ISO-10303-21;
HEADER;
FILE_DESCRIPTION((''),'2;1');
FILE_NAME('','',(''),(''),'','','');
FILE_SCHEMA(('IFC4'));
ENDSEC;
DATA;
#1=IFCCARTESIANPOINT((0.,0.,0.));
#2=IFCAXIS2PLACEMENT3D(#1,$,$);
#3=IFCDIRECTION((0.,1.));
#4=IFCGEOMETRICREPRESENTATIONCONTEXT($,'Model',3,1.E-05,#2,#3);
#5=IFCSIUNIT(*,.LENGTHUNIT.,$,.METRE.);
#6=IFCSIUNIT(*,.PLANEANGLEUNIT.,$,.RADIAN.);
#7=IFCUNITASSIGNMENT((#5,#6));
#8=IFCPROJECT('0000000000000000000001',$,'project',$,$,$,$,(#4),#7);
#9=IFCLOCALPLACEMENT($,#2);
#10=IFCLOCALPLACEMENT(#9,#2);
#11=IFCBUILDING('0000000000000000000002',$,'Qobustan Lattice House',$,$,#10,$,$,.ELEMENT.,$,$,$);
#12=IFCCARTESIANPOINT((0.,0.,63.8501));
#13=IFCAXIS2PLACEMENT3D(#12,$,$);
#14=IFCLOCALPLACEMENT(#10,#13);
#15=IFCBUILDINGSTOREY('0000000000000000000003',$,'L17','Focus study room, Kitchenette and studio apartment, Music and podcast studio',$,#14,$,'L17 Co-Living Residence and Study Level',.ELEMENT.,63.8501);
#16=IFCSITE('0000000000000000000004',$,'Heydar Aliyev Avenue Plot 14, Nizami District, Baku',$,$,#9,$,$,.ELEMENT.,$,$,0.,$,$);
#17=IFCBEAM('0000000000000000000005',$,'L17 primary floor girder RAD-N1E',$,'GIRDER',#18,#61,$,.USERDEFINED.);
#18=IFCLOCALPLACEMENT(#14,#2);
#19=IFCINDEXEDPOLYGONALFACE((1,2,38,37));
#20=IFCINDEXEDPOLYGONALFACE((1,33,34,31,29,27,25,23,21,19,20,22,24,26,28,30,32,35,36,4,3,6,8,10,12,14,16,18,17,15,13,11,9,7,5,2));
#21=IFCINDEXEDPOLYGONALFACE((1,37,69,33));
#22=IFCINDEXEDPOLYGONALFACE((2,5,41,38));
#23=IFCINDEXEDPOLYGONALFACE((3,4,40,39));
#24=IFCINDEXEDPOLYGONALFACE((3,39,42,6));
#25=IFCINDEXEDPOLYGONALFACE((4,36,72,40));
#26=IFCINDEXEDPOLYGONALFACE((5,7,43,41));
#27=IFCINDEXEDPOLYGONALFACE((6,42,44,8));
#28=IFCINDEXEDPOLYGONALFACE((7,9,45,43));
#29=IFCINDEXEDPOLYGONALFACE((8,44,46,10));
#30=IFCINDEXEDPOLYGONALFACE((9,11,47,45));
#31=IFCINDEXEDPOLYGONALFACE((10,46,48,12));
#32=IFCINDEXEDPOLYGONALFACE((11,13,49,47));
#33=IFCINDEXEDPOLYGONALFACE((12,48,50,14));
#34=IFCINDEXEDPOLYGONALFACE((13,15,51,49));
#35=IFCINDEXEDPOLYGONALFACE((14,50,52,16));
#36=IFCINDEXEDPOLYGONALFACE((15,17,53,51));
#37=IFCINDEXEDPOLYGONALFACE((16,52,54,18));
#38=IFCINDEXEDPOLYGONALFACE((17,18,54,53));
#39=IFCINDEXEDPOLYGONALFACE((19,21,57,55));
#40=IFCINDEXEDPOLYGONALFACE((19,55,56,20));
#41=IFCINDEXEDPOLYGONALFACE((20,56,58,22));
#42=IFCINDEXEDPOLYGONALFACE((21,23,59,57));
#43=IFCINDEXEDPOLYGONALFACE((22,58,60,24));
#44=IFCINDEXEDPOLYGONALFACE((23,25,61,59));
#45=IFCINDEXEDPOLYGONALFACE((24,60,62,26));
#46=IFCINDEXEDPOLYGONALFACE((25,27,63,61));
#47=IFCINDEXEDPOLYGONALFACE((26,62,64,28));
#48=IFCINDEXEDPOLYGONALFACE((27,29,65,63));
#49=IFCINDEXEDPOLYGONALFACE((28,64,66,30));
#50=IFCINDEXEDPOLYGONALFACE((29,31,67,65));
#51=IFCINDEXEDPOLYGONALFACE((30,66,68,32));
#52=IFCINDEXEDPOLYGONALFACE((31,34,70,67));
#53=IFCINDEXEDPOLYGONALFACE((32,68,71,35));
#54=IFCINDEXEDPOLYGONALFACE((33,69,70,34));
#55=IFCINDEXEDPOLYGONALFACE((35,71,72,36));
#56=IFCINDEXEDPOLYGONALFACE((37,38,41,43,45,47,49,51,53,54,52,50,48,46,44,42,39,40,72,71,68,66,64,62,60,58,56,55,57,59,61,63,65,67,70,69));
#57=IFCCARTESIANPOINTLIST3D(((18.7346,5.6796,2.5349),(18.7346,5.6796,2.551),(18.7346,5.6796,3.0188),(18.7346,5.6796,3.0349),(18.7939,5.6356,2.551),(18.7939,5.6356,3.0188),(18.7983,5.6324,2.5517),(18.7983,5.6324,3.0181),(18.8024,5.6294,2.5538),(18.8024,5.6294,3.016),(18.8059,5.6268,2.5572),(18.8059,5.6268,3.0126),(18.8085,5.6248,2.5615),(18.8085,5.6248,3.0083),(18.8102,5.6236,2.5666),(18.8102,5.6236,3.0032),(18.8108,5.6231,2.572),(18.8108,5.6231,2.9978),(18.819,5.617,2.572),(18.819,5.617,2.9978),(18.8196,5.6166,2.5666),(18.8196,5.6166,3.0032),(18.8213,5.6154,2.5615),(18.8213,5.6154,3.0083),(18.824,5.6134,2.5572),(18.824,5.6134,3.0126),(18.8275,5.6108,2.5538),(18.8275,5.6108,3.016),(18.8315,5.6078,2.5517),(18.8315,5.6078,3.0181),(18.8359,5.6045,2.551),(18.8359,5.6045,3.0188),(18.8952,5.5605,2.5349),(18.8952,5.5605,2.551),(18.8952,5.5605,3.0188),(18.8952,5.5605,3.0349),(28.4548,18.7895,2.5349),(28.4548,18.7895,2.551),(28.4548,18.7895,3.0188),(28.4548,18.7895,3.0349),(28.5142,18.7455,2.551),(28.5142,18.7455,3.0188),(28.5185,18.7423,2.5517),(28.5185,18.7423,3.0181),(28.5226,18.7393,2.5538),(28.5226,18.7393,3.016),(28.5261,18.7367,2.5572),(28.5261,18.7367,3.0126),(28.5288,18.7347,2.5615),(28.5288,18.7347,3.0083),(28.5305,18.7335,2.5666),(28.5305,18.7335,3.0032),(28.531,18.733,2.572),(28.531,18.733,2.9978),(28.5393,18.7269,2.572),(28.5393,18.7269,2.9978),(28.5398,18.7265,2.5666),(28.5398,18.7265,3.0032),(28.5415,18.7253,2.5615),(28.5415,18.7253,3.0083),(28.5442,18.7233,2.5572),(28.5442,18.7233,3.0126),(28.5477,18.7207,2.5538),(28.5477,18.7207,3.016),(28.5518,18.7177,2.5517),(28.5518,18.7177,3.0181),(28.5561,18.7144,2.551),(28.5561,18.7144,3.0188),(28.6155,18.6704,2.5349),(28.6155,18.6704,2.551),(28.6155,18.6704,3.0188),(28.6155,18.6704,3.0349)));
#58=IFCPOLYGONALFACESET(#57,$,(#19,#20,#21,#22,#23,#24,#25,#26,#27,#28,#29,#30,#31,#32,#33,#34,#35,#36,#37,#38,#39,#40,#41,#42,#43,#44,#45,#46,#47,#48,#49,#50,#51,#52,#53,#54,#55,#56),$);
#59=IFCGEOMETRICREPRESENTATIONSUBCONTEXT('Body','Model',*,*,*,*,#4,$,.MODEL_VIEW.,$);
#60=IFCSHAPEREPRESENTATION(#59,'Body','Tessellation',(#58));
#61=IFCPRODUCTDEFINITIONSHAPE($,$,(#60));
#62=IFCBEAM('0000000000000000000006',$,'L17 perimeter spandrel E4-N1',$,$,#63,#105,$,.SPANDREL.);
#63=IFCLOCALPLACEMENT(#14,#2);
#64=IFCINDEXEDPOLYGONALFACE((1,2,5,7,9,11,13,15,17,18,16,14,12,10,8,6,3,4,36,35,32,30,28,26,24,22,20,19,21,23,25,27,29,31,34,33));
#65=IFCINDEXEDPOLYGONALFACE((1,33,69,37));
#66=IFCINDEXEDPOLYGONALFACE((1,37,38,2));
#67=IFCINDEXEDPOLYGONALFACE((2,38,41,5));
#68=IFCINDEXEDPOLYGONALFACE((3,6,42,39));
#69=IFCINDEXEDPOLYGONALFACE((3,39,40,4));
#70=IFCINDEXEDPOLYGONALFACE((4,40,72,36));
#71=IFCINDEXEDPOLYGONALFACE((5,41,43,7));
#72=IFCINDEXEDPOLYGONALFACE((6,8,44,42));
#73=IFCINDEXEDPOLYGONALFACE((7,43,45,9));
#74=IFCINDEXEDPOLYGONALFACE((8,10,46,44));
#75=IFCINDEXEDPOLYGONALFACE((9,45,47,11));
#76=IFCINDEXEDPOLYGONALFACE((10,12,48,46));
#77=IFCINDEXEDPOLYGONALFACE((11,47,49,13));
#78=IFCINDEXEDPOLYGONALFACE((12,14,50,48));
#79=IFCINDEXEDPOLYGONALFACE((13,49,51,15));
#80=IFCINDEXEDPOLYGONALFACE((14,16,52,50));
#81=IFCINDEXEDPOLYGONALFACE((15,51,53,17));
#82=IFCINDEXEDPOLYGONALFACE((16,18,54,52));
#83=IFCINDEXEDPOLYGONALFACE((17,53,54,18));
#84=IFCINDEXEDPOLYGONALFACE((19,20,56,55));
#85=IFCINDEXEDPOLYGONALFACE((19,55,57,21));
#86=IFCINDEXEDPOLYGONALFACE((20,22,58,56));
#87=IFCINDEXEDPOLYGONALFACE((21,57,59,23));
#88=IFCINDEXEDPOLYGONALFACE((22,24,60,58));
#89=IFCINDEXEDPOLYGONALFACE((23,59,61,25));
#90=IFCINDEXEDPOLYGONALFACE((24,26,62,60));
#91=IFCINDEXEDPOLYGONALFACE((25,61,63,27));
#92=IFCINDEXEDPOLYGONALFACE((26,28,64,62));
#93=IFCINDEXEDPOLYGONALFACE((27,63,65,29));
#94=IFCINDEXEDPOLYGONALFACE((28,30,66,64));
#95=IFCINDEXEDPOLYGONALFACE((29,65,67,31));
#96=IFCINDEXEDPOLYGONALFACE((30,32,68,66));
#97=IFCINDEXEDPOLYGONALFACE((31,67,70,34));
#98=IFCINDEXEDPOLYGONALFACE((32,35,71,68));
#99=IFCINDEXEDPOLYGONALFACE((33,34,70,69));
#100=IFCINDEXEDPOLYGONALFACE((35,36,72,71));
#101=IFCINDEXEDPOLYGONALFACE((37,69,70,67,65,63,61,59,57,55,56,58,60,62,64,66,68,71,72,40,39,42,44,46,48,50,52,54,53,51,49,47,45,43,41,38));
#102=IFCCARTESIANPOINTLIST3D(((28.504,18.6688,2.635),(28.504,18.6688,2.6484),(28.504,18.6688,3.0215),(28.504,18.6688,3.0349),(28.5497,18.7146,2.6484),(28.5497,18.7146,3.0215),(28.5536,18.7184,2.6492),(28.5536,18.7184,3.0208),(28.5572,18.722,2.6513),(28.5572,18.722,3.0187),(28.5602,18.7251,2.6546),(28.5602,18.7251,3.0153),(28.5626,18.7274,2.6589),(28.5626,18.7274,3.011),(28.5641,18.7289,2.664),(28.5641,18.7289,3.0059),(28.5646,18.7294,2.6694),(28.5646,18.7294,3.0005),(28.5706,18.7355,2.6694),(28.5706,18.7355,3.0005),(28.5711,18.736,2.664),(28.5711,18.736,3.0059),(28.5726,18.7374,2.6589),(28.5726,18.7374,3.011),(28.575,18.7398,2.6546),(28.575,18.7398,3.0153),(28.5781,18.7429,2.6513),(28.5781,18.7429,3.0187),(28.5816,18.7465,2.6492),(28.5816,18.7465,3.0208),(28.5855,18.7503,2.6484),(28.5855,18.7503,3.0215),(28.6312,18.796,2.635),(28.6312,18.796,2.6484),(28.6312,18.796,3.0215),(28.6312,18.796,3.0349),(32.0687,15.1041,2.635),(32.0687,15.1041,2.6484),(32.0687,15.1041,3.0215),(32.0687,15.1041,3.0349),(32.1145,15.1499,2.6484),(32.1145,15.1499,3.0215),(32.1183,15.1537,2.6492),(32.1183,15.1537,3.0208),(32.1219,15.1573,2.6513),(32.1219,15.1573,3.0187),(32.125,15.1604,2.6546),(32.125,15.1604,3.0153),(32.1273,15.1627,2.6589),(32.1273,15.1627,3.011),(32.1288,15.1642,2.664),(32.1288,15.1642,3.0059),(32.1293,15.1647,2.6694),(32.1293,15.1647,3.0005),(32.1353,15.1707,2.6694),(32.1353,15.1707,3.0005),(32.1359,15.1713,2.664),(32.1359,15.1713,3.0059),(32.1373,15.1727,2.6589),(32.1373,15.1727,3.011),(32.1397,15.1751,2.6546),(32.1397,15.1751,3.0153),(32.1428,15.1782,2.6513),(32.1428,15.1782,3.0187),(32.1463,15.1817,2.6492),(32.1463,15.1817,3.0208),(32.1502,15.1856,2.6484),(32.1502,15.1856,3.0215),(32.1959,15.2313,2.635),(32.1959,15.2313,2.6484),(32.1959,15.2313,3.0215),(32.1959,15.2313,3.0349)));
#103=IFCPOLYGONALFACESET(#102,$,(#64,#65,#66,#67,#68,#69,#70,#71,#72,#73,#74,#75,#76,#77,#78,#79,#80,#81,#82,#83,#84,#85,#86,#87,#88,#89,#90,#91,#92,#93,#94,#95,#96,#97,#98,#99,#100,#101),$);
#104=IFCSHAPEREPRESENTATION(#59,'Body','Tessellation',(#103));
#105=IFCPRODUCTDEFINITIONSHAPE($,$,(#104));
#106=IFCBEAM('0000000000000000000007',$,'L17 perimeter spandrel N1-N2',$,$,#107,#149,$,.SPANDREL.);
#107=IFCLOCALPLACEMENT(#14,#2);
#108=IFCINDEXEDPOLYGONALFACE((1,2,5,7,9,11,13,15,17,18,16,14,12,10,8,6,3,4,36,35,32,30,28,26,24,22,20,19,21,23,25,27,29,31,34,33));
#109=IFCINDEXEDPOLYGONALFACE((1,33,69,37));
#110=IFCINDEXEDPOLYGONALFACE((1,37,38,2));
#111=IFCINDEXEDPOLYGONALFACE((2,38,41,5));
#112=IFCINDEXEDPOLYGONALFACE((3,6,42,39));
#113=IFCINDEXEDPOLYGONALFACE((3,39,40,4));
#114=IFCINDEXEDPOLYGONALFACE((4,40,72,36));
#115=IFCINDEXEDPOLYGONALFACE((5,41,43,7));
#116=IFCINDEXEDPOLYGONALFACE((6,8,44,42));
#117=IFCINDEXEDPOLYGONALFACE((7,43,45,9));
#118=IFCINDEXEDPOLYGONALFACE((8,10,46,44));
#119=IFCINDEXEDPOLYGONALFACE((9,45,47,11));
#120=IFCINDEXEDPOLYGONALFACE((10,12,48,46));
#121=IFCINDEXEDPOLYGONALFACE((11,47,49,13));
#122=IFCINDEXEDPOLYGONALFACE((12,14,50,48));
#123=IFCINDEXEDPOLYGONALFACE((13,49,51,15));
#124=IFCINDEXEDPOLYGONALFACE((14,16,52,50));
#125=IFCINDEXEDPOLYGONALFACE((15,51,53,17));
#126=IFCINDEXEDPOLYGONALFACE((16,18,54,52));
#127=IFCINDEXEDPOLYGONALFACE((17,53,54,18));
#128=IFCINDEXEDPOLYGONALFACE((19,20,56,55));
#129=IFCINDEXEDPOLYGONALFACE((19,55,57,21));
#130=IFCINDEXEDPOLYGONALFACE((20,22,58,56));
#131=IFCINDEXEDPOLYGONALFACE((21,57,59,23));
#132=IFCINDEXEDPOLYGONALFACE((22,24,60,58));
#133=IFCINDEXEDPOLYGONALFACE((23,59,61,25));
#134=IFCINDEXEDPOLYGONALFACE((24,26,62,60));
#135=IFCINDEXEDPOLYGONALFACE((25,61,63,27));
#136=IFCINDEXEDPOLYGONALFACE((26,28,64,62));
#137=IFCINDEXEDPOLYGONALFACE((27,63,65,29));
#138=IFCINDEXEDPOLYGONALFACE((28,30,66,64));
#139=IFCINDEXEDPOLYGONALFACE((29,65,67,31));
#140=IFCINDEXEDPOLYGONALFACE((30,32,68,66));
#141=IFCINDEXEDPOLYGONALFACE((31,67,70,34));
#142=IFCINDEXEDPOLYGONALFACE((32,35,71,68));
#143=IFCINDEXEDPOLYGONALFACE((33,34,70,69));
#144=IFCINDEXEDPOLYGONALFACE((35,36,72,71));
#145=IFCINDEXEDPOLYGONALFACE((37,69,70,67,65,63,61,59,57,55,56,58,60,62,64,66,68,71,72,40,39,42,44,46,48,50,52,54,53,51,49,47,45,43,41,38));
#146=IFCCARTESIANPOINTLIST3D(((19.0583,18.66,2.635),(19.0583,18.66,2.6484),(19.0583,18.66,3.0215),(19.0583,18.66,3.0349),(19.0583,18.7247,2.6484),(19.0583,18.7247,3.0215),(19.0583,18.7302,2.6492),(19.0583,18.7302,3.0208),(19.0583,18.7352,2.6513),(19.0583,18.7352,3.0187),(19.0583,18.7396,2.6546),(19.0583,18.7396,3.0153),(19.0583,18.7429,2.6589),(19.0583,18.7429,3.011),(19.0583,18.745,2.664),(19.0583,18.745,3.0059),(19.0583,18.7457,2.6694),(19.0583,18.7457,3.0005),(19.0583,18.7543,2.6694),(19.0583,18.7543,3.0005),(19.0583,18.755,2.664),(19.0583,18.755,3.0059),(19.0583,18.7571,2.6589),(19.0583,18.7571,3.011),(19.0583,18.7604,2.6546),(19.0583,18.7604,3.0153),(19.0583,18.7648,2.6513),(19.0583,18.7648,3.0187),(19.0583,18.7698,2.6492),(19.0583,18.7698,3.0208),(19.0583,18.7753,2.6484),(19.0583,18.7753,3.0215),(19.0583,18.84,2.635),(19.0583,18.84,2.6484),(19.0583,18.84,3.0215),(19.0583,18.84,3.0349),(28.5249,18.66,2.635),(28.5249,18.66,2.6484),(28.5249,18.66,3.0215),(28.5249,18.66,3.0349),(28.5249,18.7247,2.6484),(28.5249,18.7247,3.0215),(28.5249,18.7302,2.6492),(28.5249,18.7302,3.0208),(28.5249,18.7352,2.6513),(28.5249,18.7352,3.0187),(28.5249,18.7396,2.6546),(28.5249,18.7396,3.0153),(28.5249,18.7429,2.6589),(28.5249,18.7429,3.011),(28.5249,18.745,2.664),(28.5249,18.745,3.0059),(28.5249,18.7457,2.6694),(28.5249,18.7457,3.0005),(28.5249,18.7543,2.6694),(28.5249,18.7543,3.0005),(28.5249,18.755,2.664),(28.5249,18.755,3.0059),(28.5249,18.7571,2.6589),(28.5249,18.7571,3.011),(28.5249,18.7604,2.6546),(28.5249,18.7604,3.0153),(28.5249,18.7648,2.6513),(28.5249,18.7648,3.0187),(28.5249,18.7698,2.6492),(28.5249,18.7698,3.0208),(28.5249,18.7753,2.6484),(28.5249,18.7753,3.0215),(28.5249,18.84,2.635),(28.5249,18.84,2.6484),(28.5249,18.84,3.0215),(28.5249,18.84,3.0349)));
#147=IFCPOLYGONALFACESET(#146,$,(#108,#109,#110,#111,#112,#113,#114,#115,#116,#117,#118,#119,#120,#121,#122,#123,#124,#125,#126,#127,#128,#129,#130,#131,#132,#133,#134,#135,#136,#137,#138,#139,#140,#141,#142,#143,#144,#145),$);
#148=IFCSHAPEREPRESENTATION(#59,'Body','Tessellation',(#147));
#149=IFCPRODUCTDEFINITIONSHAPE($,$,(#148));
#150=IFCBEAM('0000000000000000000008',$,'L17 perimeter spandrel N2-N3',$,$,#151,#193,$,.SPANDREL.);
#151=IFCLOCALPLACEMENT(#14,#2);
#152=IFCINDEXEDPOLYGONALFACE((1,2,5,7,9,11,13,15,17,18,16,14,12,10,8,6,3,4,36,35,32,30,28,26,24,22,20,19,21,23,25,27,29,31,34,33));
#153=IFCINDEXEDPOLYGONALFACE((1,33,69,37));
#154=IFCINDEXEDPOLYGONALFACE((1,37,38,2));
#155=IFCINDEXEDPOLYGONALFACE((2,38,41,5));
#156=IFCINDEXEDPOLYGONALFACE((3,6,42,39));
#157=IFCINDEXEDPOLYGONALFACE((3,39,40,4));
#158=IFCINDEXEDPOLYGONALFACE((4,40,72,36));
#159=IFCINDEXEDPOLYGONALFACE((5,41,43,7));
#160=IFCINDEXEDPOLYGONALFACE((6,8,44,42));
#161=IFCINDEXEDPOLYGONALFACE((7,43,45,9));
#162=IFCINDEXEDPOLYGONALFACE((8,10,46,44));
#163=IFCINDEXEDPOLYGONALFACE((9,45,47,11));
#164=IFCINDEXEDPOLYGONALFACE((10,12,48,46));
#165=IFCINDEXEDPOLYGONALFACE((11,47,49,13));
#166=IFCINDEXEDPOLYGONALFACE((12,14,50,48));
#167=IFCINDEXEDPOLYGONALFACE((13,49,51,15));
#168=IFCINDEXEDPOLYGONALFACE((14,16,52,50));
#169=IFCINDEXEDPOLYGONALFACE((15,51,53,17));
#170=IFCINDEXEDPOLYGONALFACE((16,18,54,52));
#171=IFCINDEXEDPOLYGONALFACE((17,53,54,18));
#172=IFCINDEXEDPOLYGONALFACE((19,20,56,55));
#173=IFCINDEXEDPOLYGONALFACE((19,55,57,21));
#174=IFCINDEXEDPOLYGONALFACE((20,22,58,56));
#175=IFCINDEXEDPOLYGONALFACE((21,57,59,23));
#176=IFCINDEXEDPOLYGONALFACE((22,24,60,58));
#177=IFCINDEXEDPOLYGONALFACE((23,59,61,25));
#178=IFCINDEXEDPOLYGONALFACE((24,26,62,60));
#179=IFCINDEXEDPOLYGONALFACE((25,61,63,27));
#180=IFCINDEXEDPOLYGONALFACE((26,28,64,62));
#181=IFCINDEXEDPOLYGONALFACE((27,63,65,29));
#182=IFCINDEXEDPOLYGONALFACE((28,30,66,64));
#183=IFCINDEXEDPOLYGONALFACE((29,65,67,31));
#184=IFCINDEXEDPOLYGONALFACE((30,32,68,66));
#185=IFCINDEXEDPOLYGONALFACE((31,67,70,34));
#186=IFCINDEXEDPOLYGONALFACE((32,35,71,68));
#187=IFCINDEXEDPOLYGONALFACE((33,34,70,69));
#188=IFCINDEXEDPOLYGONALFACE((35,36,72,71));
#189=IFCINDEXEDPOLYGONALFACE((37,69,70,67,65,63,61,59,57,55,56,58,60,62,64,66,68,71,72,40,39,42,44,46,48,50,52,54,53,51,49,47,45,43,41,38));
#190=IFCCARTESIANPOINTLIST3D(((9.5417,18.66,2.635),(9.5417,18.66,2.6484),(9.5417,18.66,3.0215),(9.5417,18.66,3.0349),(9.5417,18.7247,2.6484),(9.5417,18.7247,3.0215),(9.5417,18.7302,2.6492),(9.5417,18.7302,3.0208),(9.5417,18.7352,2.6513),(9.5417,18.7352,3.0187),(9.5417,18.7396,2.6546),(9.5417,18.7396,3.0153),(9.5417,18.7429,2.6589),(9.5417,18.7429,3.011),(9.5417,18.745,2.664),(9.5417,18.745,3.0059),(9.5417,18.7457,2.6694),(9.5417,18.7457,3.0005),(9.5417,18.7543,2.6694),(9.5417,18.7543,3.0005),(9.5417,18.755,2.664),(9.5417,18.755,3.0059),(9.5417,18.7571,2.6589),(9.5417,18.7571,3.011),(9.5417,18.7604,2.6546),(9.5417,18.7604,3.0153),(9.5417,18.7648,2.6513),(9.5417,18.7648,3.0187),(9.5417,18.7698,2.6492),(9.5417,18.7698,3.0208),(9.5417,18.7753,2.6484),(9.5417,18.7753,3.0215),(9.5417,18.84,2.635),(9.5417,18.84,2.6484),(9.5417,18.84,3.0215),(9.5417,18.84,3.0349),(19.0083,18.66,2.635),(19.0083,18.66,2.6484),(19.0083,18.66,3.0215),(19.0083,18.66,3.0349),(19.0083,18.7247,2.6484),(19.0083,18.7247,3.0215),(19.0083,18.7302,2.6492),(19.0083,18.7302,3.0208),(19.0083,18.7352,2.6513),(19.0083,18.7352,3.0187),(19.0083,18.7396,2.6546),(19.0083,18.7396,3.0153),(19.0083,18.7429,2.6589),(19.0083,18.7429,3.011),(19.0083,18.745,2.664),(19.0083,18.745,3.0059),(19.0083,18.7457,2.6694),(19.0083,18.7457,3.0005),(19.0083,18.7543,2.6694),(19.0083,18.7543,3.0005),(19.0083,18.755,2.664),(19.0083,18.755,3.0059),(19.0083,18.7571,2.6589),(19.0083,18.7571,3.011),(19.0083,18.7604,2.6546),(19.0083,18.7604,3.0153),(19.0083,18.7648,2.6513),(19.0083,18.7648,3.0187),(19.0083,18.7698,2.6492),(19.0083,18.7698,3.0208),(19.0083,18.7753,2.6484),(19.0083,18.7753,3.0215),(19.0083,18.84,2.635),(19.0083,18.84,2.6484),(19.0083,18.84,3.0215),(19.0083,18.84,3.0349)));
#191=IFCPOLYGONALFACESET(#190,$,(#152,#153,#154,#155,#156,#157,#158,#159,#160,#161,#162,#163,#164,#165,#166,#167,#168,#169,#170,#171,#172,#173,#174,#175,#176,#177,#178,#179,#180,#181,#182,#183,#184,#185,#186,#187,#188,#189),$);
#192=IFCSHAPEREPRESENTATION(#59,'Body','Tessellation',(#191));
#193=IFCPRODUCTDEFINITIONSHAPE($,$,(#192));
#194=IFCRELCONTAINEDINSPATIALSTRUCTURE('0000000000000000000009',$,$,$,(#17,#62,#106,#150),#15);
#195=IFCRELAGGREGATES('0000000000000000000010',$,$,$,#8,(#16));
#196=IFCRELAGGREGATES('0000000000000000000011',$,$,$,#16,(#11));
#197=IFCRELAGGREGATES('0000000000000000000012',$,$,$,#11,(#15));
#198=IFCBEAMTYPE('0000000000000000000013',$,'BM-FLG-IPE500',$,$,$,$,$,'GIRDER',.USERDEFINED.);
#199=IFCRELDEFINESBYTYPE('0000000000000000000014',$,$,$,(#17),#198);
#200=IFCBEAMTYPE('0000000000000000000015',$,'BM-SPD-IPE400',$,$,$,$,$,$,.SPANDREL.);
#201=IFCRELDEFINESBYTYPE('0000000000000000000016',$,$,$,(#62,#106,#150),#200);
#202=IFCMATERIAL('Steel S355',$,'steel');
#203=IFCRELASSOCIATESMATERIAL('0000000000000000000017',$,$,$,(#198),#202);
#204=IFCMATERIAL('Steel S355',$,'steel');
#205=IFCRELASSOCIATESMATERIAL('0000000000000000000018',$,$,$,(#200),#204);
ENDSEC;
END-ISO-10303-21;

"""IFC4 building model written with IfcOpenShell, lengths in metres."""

from ifc_helpers import new_model, si_unit, direction, frame, origin, origin_2d, place, context, subcontext, project, spatial, i_section, extrude, material, material_profile, profile_set, type_object, element, save


model = new_model("IFC4")

# Units and contexts
model_context = context("Model", 3, precision=1e-05, world=origin(), true_north=direction((0.0, 1.0)))
body_context = subcontext(model_context, "Body", "Model", "MODEL_VIEW")
ifc_project = project(units=[si_unit("LENGTHUNIT", "METRE"), si_unit("PLANEANGLEUNIT", "RADIAN")], contexts=[model_context])

# Site, building, storey
site_placement = place(None, origin())
site = spatial("IfcSite", under=ifc_project, at=site_placement, Name="Heydar Aliyev Avenue Plot 14, Nizami District, Baku", CompositionType="ELEMENT", RefElevation=0.0)
building_placement = place(site_placement, origin())
building = spatial("IfcBuilding", under=site, at=building_placement, Name="Qobustan Lattice House", CompositionType="ELEMENT")
storey_placement = place(building_placement, frame((0.0, 0.0, 63.8501)))
storey = spatial("IfcBuildingStorey", under=building, at=storey_placement, Name="L17", Description="Focus study room, Kitchenette and studio apartment, Music and podcast studio", LongName="L17 Co-Living Residence and Study Level", CompositionType="ELEMENT", Elevation=63.8501)

# Beams
ifc_material_1 = material(Name="Steel S355", Category="steel")
ifc_material_profile_1 = material_profile(ifc_material_1, i_section(OverallWidth=0.2, OverallDepth=0.5, WebThickness=0.0103, FlangeThickness=0.0161, FilletRadius=0.021, at=origin_2d()), Name="IPE500")
ifc_profile_set_1 = profile_set([ifc_material_profile_1], Name="Steel S355")
beam_type_1 = type_object("IfcBeamType", Name="BM-FLG-IPE500", ElementType="GIRDER", PredefinedType="USERDEFINED", material=ifc_profile_set_1)
beam_1_placement = place(storey_placement, frame((28.5352, 18.73, 2.7849), z_axis=(-0.595592, -0.803287, 0.0), x_axis=(0.803287, -0.595592, 0.0)))
element("IfcBeam", 1, at=beam_1_placement, inside=storey, type_object=beam_type_1, Name="L17 primary floor girder RAD-N1E", ObjectType="GIRDER", PredefinedType="USERDEFINED", context=body_context, shape_type="SweptSolid", body=[
    extrude(i_section(OverallWidth=0.2, OverallDepth=0.5, WebThickness=0.0103, FlangeThickness=0.0161, FilletRadius=0.021, at=origin_2d()), origin(), (0.0, 0.0, 1.0), 16.3203),
])
ifc_material_2 = material(Name="Steel S355", Category="steel")
ifc_material_profile_2 = material_profile(ifc_material_2, i_section(OverallWidth=0.1799, OverallDepth=0.3999, WebThickness=0.0085, FlangeThickness=0.0134, FilletRadius=0.021, at=origin_2d()), Name="IPE400")
ifc_profile_set_2 = profile_set([ifc_material_profile_2], Name="Steel S355")
beam_type_2 = type_object("IfcBeamType", Name="BM-SPD-IPE400", PredefinedType="SPANDREL", material=ifc_profile_set_2)
beam_2_placement = place(storey_placement, frame((32.1323, 15.1677, 2.835), z_axis=(-0.707107, 0.707107, 0.0), x_axis=(-0.707107, -0.707107, 0.0)))
element("IfcBeam", 2, at=beam_2_placement, inside=storey, type_object=beam_type_2, Name="L17 perimeter spandrel E4-N1", PredefinedType="SPANDREL", context=body_context, shape_type="SweptSolid", body=[
    extrude(i_section(OverallWidth=0.1799, OverallDepth=0.3999, WebThickness=0.0085, FlangeThickness=0.0134, FilletRadius=0.021, at=origin_2d()), origin(), (0.0, 0.0, 1.0), 5.0413),
])
for number, where, z_axis, x_axis, name in (
    (3, (28.5249, 18.75, 2.835), (-1.0, 0.0, 0.0), (0.0, -1.0, 0.0), "L17 perimeter spandrel N1-N2"),
    (4, (19.0083, 18.75, 2.835), (-1.0, 0.0, 0.0), (0.0, -1.0, 0.0), "L17 perimeter spandrel N2-N3"),
):
    element("IfcBeam", number, at=place(storey_placement, frame(where, z_axis=z_axis, x_axis=x_axis)), inside=storey, type_object=beam_type_2, Name=name, PredefinedType="SPANDREL", context=body_context, shape_type="SweptSolid", body=[
        extrude(i_section(OverallWidth=0.1799, OverallDepth=0.3999, WebThickness=0.0085, FlangeThickness=0.0134, FilletRadius=0.021, at=origin_2d()), origin(), (0.0, 0.0, 1.0), 9.4666),
    ])

save(model, "model.ifc")
